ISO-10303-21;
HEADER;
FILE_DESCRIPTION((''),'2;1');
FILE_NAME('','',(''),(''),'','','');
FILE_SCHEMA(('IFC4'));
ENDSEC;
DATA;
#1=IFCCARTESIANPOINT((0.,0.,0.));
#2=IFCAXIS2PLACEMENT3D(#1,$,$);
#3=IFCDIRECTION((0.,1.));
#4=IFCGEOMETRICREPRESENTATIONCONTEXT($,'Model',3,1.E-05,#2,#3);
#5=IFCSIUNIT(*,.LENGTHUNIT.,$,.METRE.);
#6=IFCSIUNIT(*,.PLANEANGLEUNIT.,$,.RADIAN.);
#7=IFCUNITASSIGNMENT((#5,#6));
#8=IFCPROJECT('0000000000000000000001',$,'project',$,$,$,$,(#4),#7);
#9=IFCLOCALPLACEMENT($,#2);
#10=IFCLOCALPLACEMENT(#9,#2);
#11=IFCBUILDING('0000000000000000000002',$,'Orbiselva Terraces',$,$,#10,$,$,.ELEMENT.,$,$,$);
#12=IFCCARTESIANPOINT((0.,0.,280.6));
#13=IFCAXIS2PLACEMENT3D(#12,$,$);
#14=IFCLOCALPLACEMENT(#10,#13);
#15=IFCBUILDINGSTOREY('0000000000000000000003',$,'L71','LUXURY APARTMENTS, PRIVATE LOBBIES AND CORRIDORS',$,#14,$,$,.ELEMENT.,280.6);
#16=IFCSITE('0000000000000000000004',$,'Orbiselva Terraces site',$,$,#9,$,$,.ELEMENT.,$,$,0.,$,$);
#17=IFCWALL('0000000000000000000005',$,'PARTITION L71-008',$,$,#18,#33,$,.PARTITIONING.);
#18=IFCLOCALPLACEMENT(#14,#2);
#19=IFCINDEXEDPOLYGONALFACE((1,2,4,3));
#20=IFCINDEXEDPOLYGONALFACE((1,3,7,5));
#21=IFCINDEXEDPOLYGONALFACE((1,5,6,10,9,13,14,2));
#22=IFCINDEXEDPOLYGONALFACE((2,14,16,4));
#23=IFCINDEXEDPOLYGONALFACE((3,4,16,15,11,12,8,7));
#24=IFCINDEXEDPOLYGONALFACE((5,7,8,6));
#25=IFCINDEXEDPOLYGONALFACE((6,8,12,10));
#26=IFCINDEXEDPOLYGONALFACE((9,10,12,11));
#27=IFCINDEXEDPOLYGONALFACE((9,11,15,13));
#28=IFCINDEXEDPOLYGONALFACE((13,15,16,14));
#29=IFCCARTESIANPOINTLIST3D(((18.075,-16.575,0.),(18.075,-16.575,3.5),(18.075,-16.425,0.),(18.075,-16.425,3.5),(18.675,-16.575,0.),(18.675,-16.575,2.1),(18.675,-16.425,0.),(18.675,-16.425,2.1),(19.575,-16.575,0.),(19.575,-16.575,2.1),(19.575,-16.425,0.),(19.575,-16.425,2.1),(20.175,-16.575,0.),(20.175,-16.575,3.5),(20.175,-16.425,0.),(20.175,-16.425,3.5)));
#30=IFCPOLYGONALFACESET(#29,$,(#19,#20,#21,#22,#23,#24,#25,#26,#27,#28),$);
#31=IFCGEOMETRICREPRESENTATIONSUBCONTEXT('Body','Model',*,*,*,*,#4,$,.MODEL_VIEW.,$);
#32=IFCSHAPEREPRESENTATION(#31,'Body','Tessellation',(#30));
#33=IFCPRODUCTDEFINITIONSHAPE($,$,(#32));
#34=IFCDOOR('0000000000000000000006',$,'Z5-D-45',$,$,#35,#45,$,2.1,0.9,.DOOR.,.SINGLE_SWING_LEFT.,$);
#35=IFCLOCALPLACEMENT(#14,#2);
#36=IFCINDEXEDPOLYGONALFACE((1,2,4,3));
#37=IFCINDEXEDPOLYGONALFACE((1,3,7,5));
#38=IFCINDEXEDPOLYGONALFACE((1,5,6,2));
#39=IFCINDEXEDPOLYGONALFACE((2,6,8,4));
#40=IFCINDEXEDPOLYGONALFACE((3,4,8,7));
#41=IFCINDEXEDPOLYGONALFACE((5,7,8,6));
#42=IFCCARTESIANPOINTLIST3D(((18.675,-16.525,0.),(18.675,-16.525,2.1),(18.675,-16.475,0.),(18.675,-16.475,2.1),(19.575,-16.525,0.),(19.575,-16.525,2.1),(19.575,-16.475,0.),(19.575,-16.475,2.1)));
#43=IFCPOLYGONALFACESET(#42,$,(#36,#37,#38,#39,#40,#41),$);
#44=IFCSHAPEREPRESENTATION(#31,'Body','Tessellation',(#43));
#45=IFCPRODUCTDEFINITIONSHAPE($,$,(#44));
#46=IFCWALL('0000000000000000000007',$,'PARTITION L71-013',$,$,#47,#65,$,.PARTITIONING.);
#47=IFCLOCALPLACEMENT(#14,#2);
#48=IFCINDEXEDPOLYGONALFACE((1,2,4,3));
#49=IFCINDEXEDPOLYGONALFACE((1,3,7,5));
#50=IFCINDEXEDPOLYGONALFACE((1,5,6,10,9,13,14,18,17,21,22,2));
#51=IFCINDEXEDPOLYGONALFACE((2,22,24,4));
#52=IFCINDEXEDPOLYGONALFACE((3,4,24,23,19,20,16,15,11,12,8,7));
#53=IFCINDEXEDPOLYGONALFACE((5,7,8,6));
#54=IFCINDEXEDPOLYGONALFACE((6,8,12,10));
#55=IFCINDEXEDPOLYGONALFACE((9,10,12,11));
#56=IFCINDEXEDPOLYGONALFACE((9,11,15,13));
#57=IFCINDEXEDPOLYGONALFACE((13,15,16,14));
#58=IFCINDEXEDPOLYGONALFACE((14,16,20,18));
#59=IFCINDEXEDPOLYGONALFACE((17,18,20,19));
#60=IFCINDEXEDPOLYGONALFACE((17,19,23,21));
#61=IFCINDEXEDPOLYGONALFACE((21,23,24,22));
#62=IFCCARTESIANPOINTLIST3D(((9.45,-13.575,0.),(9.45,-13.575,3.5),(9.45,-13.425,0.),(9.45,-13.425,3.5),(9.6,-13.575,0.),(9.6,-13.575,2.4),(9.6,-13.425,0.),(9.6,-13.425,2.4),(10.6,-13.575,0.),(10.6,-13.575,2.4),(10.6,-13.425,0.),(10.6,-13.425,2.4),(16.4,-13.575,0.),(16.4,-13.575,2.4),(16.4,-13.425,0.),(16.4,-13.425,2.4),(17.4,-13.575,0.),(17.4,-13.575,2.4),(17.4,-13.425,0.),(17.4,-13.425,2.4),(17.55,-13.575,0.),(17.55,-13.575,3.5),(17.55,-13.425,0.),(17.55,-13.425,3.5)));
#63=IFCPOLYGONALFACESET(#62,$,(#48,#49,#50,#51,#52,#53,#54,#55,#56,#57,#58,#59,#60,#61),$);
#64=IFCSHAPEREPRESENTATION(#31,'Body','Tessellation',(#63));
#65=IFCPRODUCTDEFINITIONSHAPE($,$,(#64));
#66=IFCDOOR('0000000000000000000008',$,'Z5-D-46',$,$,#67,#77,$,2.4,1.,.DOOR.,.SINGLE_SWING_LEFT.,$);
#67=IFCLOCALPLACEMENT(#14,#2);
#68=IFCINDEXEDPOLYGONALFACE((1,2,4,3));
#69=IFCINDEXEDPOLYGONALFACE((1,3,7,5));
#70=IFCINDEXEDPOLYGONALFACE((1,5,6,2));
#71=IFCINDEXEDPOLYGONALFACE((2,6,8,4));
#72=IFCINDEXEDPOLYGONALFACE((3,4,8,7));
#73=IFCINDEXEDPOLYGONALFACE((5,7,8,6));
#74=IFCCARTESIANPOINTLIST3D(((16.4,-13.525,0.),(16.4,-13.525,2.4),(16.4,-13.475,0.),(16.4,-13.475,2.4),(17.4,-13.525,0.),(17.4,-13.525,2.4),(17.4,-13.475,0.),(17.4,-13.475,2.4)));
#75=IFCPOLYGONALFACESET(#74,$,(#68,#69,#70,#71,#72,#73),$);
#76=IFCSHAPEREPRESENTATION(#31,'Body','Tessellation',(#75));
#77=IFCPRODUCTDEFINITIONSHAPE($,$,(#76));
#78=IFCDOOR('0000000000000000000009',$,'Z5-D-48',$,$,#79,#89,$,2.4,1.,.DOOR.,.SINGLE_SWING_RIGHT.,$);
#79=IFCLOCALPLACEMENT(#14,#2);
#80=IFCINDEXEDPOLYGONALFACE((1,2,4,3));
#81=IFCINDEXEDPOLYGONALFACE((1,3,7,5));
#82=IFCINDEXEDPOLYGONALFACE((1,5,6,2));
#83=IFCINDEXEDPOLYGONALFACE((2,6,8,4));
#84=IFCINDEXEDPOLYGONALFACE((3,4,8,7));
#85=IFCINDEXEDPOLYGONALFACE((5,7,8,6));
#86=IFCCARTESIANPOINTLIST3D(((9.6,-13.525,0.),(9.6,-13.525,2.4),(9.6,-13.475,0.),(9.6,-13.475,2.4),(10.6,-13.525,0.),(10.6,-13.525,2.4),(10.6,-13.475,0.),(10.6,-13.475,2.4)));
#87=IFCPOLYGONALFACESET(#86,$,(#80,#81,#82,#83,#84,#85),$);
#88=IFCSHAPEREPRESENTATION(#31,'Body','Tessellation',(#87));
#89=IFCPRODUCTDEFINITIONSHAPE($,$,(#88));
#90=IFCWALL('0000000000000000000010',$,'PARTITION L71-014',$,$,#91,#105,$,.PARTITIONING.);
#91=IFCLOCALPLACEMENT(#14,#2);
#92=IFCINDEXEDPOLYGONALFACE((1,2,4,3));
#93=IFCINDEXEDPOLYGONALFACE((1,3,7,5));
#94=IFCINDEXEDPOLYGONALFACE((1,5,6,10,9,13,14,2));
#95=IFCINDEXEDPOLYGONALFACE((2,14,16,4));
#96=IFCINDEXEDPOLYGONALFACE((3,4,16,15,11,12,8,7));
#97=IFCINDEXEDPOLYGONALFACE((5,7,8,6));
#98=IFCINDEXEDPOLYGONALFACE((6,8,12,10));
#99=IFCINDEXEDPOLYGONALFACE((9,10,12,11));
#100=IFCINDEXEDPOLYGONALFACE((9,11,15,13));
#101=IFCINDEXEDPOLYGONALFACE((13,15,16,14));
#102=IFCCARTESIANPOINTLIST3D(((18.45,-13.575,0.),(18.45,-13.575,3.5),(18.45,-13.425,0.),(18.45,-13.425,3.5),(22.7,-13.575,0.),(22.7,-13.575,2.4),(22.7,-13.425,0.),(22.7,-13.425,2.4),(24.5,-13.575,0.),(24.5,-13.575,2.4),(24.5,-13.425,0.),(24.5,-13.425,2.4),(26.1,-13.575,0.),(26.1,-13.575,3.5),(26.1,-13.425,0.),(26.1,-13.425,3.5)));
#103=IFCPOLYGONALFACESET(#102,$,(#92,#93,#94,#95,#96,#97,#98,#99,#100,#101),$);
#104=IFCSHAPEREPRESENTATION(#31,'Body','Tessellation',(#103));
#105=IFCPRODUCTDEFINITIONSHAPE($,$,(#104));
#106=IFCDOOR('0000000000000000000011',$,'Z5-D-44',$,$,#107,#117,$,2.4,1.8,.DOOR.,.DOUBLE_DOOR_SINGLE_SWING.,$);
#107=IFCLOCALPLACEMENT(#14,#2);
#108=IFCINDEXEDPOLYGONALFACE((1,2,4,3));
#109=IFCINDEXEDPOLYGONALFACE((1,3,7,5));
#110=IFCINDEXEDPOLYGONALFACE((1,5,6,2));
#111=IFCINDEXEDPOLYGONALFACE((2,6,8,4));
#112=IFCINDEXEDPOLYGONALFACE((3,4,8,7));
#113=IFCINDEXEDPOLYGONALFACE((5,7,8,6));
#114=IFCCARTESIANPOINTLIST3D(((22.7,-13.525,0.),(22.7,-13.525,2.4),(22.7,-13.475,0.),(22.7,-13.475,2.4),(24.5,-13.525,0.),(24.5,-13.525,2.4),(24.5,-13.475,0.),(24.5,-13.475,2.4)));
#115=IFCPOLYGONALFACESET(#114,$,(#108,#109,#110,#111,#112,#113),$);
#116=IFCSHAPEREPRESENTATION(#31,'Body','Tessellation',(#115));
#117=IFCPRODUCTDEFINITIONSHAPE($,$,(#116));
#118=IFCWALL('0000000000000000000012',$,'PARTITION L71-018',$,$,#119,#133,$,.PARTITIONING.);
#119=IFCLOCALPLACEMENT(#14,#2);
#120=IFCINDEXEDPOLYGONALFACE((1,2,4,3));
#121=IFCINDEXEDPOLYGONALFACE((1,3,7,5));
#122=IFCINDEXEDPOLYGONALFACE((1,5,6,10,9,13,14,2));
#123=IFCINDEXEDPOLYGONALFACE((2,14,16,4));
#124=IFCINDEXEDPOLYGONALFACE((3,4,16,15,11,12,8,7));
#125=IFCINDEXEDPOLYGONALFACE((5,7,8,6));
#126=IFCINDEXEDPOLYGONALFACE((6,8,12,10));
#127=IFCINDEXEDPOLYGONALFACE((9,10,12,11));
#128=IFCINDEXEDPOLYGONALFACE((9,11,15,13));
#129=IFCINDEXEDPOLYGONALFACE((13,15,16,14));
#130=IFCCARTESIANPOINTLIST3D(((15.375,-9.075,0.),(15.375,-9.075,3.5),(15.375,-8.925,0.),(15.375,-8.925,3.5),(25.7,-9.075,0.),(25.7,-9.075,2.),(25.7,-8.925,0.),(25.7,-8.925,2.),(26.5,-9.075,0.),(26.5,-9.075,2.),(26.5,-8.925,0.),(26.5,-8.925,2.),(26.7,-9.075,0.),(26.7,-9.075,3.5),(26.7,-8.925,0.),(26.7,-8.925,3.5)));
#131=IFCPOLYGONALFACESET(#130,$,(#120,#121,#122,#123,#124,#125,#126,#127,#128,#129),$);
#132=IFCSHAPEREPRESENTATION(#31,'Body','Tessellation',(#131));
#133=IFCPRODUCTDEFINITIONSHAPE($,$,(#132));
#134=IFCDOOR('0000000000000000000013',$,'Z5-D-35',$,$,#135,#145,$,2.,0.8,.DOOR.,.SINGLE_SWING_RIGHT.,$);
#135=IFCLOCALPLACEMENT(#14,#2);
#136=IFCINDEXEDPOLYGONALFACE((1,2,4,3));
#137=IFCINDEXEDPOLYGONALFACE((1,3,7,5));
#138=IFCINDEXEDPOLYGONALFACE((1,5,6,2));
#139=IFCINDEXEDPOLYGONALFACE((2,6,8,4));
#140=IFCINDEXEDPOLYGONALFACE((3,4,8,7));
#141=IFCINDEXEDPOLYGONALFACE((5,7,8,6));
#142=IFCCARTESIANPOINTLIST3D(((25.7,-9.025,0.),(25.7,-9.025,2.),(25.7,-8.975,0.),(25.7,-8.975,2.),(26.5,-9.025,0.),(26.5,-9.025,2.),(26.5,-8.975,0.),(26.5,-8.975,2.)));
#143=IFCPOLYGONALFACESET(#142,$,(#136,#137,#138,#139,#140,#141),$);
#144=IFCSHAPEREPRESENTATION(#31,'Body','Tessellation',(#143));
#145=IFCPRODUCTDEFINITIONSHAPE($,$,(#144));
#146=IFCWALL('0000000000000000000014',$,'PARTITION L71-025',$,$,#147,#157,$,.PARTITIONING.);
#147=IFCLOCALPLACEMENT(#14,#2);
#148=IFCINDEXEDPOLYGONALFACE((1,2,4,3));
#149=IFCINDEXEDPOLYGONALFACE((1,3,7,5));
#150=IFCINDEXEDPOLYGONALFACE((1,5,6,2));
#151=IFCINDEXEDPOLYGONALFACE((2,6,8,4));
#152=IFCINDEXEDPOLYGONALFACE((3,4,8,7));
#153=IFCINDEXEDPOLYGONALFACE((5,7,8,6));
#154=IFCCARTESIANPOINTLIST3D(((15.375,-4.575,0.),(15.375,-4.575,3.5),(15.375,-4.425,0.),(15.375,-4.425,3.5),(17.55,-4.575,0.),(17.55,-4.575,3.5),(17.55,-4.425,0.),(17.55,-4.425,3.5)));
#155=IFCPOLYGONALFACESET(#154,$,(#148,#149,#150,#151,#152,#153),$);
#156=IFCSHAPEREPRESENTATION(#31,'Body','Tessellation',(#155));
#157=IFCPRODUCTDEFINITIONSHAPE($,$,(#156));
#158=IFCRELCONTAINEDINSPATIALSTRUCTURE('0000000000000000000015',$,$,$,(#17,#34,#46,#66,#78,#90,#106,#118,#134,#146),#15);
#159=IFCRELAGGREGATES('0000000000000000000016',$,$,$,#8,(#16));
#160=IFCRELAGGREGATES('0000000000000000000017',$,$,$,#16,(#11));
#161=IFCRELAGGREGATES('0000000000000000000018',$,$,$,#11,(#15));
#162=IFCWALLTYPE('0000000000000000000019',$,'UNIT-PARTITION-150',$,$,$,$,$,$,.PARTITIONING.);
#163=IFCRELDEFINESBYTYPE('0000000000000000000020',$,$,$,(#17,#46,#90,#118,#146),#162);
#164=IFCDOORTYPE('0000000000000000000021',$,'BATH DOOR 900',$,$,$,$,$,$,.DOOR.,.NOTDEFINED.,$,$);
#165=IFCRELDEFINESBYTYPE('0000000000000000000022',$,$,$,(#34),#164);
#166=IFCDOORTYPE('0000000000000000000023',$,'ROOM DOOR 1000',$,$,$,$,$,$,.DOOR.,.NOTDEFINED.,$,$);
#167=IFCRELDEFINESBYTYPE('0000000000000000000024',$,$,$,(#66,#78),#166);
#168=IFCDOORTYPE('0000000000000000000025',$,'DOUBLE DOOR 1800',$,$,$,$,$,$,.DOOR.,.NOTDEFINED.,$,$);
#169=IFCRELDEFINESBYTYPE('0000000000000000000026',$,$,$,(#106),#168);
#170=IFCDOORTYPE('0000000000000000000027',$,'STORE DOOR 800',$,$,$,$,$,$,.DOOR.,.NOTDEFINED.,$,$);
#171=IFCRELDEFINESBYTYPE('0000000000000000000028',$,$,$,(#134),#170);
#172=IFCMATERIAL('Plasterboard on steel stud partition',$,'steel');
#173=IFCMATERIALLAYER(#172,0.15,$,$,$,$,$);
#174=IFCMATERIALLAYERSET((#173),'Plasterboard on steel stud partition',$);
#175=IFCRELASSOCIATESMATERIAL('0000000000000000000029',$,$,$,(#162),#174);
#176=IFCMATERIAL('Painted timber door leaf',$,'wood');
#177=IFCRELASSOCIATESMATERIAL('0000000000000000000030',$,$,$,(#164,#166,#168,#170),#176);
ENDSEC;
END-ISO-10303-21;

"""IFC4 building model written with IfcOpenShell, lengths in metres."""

from ifc_helpers import new_model, si_unit, direction, frame, frame_2d, origin, place, context, subcontext, project, spatial, rectangle, extrude, material, layer, layer_set, type_object, element, fill, save


model = new_model("IFC4")

# Units and contexts
model_context = context("Model", 3, precision=1e-05, world=origin(), true_north=direction((0.0, 1.0)))
body_context = subcontext(model_context, "Body", "Model", "MODEL_VIEW")
ifc_project = project(units=[si_unit("LENGTHUNIT", "METRE"), si_unit("PLANEANGLEUNIT", "RADIAN")], contexts=[model_context])

# Site, building, storey
site_placement = place(None, origin())
site = spatial("IfcSite", under=ifc_project, at=site_placement, Name="Orbiselva Terraces site", CompositionType="ELEMENT", RefElevation=0.0)
building_placement = place(site_placement, origin())
building = spatial("IfcBuilding", under=site, at=building_placement, Name="Orbiselva Terraces", CompositionType="ELEMENT")
storey_placement = place(building_placement, frame((0.0, 0.0, 280.6)))
storey = spatial("IfcBuildingStorey", under=building, at=storey_placement, Name="L71", Description="LUXURY APARTMENTS, PRIVATE LOBBIES AND CORRIDORS", CompositionType="ELEMENT", Elevation=280.6)

# Shared definitions
ifc_material_1 = material(Name="Plasterboard on steel stud partition", Category="steel")

# Wall, opening, door
ifc_layer_1 = layer(ifc_material_1, 0.15)
ifc_layer_set_1 = layer_set([ifc_layer_1], Name="Plasterboard on steel stud partition")
wall_type_1 = type_object("IfcWallType", Name="UNIT-PARTITION-150", PredefinedType="PARTITIONING", material=ifc_layer_set_1)
wall_1_placement = place(storey_placement, frame((18.075, -16.5, 0.0), z_axis=(0.0, 0.0, 1.0), x_axis=(1.0, 0.0, 0.0)))
wall_1 = element("IfcWall", 1, at=wall_1_placement, inside=storey, type_object=wall_type_1, Name="PARTITION L71-008", PredefinedType="PARTITIONING", context=body_context, shape_type="SweptSolid", body=[
    extrude(rectangle(XDim=2.1, YDim=0.15, at=frame_2d((1.05, 0.0))), origin(), (0.0, 0.0, 1.0), 3.5),
])
opening_1_placement = place(wall_1_placement, frame((0.6, 0.0, 0.0)))
opening_1 = element("IfcOpeningElement", 2, at=opening_1_placement, cuts=wall_1, PredefinedType="OPENING", context=body_context, shape_type="SweptSolid", body=[
    extrude(rectangle(XDim=0.9, YDim=2.1, at=frame_2d((0.45, 1.05))), frame((0.0, 0.085, 0.0), z_axis=(0.0, -1.0, 0.0), x_axis=(1.0, 0.0, 0.0)), (0.0, 0.0, 1.0), 0.17),
])
ifc_material_2 = material(Name="Painted timber door leaf", Category="wood")
door_type_1 = type_object("IfcDoorType", Name="BATH DOOR 900", OperationType="NOTDEFINED", PredefinedType="DOOR", material=ifc_material_2)
door_1_placement = place(opening_1_placement, origin())
door_1 = element("IfcDoor", 3, at=door_1_placement, inside=storey, type_object=door_type_1, Name="Z5-D-45", OperationType="SINGLE_SWING_LEFT", OverallHeight=2.1, OverallWidth=0.9, PredefinedType="DOOR", context=body_context, shape_type="SweptSolid", body=[
    extrude(rectangle(XDim=0.9, YDim=2.1, at=frame_2d((0.45, 1.05))), frame((0.0, 0.025, 0.0), z_axis=(0.0, -1.0, 0.0), x_axis=(1.0, 0.0, 0.0)), (0.0, 0.0, 1.0), 0.05),
])
fill(opening_1, door_1)

# Wall, openings, doors
wall_2_placement = place(storey_placement, frame((17.55, -13.5, 0.0), z_axis=(0.0, 0.0, 1.0), x_axis=(-1.0, 0.0, 0.0)))
wall_2 = element("IfcWall", 4, at=wall_2_placement, inside=storey, type_object=wall_type_1, Name="PARTITION L71-013", PredefinedType="PARTITIONING", context=body_context, shape_type="SweptSolid", body=[
    extrude(rectangle(XDim=8.1, YDim=0.15, at=frame_2d((4.05, 0.0))), origin(), (0.0, 0.0, 1.0), 3.5),
])
opening_2_placement = place(wall_2_placement, frame((0.15, 0.0, 0.0)))
opening_2 = element("IfcOpeningElement", 5, at=opening_2_placement, cuts=wall_2, PredefinedType="OPENING", context=body_context, shape_type="SweptSolid", body=[
    extrude(rectangle(XDim=1.0, YDim=2.4, at=frame_2d((0.5, 1.2))), frame((0.0, 0.085, 0.0), z_axis=(0.0, -1.0, 0.0), x_axis=(1.0, 0.0, 0.0)), (0.0, 0.0, 1.0), 0.17),
])
opening_3_placement = place(wall_2_placement, frame((6.95, 0.0, 0.0)))
opening_3 = element("IfcOpeningElement", 6, at=opening_3_placement, cuts=wall_2, PredefinedType="OPENING", context=body_context, shape_type="SweptSolid", body=[
    extrude(rectangle(XDim=1.0, YDim=2.4, at=frame_2d((0.5, 1.2))), frame((0.0, 0.085, 0.0), z_axis=(0.0, -1.0, 0.0), x_axis=(1.0, 0.0, 0.0)), (0.0, 0.0, 1.0), 0.17),
])
door_type_2 = type_object("IfcDoorType", Name="ROOM DOOR 1000", OperationType="NOTDEFINED", PredefinedType="DOOR", material=ifc_material_2)
door_2_placement = place(opening_2_placement, origin())
door_2 = element("IfcDoor", 7, at=door_2_placement, inside=storey, type_object=door_type_2, Name="Z5-D-46", OperationType="SINGLE_SWING_LEFT", OverallHeight=2.4, OverallWidth=1.0, PredefinedType="DOOR", context=body_context, shape_type="SweptSolid", body=[
    extrude(rectangle(XDim=1.0, YDim=2.4, at=frame_2d((0.5, 1.2))), frame((0.0, 0.025, 0.0), z_axis=(0.0, -1.0, 0.0), x_axis=(1.0, 0.0, 0.0)), (0.0, 0.0, 1.0), 0.05),
])
fill(opening_2, door_2)
door_3_placement = place(opening_3_placement, origin())
door_3 = element("IfcDoor", 8, at=door_3_placement, inside=storey, type_object=door_type_2, Name="Z5-D-48", OperationType="SINGLE_SWING_RIGHT", OverallHeight=2.4, OverallWidth=1.0, PredefinedType="DOOR", context=body_context, shape_type="SweptSolid", body=[
    extrude(rectangle(XDim=1.0, YDim=2.4, at=frame_2d((0.5, 1.2))), frame((0.0, 0.025, 0.0), z_axis=(0.0, -1.0, 0.0), x_axis=(1.0, 0.0, 0.0)), (0.0, 0.0, 1.0), 0.05),
])
fill(opening_3, door_3)

# Walls, openings, doors
wall_3_placement = place(storey_placement, frame((26.1, -13.5, 0.0), z_axis=(0.0, 0.0, 1.0), x_axis=(-1.0, 0.0, 0.0)))
wall_3 = element("IfcWall", 9, at=wall_3_placement, inside=storey, type_object=wall_type_1, Name="PARTITION L71-014", PredefinedType="PARTITIONING", context=body_context, shape_type="SweptSolid", body=[
    extrude(rectangle(XDim=7.65, YDim=0.15, at=frame_2d((3.825, 0.0))), origin(), (0.0, 0.0, 1.0), 3.5),
])
opening_4_placement = place(wall_3_placement, frame((1.6, 0.0, 0.0)))
opening_4 = element("IfcOpeningElement", 10, at=opening_4_placement, cuts=wall_3, PredefinedType="OPENING", context=body_context, shape_type="SweptSolid", body=[
    extrude(rectangle(XDim=1.8, YDim=2.4, at=frame_2d((0.9, 1.2))), frame((0.0, 0.085, 0.0), z_axis=(0.0, -1.0, 0.0), x_axis=(1.0, 0.0, 0.0)), (0.0, 0.0, 1.0), 0.17),
])
door_type_3 = type_object("IfcDoorType", Name="DOUBLE DOOR 1800", OperationType="NOTDEFINED", PredefinedType="DOOR", material=ifc_material_2)
door_4_placement = place(opening_4_placement, origin())
door_4 = element("IfcDoor", 11, at=door_4_placement, inside=storey, type_object=door_type_3, Name="Z5-D-44", OperationType="DOUBLE_DOOR_SINGLE_SWING", OverallHeight=2.4, OverallWidth=1.8, PredefinedType="DOOR", context=body_context, shape_type="SweptSolid", body=[
    extrude(rectangle(XDim=1.8, YDim=2.4, at=frame_2d((0.9, 1.2))), frame((0.0, 0.025, 0.0), z_axis=(0.0, -1.0, 0.0), x_axis=(1.0, 0.0, 0.0)), (0.0, 0.0, 1.0), 0.05),
])
fill(opening_4, door_4)
wall_4_placement = place(storey_placement, frame((15.375, -9.0, 0.0), z_axis=(0.0, 0.0, 1.0), x_axis=(1.0, 0.0, 0.0)))
wall_4 = element("IfcWall", 12, at=wall_4_placement, inside=storey, type_object=wall_type_1, Name="PARTITION L71-018", PredefinedType="PARTITIONING", context=body_context, shape_type="SweptSolid", body=[
    extrude(rectangle(XDim=11.325, YDim=0.15, at=frame_2d((5.6625, 0.0))), origin(), (0.0, 0.0, 1.0), 3.5),
])
opening_5_placement = place(wall_4_placement, frame((10.325, 0.0, 0.0)))
opening_5 = element("IfcOpeningElement", 13, at=opening_5_placement, cuts=wall_4, PredefinedType="OPENING", context=body_context, shape_type="SweptSolid", body=[
    extrude(rectangle(XDim=0.8, YDim=2.0, at=frame_2d((0.4, 1.0))), frame((0.0, 0.085, 0.0), z_axis=(0.0, -1.0, 0.0), x_axis=(1.0, 0.0, 0.0)), (0.0, 0.0, 1.0), 0.17),
])
door_type_4 = type_object("IfcDoorType", Name="STORE DOOR 800", OperationType="NOTDEFINED", PredefinedType="DOOR", material=ifc_material_2)
door_5_placement = place(opening_5_placement, origin())
door_5 = element("IfcDoor", 14, at=door_5_placement, inside=storey, type_object=door_type_4, Name="Z5-D-35", OperationType="SINGLE_SWING_RIGHT", OverallHeight=2.0, OverallWidth=0.8, PredefinedType="DOOR", context=body_context, shape_type="SweptSolid", body=[
    extrude(rectangle(XDim=0.8, YDim=2.0, at=frame_2d((0.4, 1.0))), frame((0.0, 0.025, 0.0), z_axis=(0.0, -1.0, 0.0), x_axis=(1.0, 0.0, 0.0)), (0.0, 0.0, 1.0), 0.05),
])
fill(opening_5, door_5)

# Wall
wall_5_placement = place(storey_placement, frame((15.375, -4.5, 0.0), z_axis=(0.0, 0.0, 1.0), x_axis=(1.0, 0.0, 0.0)))
element("IfcWall", 15, at=wall_5_placement, inside=storey, type_object=wall_type_1, Name="PARTITION L71-025", PredefinedType="PARTITIONING", context=body_context, shape_type="SweptSolid", body=[
    extrude(rectangle(XDim=2.175, YDim=0.15, at=frame_2d((1.0875, 0.0))), origin(), (0.0, 0.0, 1.0), 3.5),
])

save(model, "model.ifc")
